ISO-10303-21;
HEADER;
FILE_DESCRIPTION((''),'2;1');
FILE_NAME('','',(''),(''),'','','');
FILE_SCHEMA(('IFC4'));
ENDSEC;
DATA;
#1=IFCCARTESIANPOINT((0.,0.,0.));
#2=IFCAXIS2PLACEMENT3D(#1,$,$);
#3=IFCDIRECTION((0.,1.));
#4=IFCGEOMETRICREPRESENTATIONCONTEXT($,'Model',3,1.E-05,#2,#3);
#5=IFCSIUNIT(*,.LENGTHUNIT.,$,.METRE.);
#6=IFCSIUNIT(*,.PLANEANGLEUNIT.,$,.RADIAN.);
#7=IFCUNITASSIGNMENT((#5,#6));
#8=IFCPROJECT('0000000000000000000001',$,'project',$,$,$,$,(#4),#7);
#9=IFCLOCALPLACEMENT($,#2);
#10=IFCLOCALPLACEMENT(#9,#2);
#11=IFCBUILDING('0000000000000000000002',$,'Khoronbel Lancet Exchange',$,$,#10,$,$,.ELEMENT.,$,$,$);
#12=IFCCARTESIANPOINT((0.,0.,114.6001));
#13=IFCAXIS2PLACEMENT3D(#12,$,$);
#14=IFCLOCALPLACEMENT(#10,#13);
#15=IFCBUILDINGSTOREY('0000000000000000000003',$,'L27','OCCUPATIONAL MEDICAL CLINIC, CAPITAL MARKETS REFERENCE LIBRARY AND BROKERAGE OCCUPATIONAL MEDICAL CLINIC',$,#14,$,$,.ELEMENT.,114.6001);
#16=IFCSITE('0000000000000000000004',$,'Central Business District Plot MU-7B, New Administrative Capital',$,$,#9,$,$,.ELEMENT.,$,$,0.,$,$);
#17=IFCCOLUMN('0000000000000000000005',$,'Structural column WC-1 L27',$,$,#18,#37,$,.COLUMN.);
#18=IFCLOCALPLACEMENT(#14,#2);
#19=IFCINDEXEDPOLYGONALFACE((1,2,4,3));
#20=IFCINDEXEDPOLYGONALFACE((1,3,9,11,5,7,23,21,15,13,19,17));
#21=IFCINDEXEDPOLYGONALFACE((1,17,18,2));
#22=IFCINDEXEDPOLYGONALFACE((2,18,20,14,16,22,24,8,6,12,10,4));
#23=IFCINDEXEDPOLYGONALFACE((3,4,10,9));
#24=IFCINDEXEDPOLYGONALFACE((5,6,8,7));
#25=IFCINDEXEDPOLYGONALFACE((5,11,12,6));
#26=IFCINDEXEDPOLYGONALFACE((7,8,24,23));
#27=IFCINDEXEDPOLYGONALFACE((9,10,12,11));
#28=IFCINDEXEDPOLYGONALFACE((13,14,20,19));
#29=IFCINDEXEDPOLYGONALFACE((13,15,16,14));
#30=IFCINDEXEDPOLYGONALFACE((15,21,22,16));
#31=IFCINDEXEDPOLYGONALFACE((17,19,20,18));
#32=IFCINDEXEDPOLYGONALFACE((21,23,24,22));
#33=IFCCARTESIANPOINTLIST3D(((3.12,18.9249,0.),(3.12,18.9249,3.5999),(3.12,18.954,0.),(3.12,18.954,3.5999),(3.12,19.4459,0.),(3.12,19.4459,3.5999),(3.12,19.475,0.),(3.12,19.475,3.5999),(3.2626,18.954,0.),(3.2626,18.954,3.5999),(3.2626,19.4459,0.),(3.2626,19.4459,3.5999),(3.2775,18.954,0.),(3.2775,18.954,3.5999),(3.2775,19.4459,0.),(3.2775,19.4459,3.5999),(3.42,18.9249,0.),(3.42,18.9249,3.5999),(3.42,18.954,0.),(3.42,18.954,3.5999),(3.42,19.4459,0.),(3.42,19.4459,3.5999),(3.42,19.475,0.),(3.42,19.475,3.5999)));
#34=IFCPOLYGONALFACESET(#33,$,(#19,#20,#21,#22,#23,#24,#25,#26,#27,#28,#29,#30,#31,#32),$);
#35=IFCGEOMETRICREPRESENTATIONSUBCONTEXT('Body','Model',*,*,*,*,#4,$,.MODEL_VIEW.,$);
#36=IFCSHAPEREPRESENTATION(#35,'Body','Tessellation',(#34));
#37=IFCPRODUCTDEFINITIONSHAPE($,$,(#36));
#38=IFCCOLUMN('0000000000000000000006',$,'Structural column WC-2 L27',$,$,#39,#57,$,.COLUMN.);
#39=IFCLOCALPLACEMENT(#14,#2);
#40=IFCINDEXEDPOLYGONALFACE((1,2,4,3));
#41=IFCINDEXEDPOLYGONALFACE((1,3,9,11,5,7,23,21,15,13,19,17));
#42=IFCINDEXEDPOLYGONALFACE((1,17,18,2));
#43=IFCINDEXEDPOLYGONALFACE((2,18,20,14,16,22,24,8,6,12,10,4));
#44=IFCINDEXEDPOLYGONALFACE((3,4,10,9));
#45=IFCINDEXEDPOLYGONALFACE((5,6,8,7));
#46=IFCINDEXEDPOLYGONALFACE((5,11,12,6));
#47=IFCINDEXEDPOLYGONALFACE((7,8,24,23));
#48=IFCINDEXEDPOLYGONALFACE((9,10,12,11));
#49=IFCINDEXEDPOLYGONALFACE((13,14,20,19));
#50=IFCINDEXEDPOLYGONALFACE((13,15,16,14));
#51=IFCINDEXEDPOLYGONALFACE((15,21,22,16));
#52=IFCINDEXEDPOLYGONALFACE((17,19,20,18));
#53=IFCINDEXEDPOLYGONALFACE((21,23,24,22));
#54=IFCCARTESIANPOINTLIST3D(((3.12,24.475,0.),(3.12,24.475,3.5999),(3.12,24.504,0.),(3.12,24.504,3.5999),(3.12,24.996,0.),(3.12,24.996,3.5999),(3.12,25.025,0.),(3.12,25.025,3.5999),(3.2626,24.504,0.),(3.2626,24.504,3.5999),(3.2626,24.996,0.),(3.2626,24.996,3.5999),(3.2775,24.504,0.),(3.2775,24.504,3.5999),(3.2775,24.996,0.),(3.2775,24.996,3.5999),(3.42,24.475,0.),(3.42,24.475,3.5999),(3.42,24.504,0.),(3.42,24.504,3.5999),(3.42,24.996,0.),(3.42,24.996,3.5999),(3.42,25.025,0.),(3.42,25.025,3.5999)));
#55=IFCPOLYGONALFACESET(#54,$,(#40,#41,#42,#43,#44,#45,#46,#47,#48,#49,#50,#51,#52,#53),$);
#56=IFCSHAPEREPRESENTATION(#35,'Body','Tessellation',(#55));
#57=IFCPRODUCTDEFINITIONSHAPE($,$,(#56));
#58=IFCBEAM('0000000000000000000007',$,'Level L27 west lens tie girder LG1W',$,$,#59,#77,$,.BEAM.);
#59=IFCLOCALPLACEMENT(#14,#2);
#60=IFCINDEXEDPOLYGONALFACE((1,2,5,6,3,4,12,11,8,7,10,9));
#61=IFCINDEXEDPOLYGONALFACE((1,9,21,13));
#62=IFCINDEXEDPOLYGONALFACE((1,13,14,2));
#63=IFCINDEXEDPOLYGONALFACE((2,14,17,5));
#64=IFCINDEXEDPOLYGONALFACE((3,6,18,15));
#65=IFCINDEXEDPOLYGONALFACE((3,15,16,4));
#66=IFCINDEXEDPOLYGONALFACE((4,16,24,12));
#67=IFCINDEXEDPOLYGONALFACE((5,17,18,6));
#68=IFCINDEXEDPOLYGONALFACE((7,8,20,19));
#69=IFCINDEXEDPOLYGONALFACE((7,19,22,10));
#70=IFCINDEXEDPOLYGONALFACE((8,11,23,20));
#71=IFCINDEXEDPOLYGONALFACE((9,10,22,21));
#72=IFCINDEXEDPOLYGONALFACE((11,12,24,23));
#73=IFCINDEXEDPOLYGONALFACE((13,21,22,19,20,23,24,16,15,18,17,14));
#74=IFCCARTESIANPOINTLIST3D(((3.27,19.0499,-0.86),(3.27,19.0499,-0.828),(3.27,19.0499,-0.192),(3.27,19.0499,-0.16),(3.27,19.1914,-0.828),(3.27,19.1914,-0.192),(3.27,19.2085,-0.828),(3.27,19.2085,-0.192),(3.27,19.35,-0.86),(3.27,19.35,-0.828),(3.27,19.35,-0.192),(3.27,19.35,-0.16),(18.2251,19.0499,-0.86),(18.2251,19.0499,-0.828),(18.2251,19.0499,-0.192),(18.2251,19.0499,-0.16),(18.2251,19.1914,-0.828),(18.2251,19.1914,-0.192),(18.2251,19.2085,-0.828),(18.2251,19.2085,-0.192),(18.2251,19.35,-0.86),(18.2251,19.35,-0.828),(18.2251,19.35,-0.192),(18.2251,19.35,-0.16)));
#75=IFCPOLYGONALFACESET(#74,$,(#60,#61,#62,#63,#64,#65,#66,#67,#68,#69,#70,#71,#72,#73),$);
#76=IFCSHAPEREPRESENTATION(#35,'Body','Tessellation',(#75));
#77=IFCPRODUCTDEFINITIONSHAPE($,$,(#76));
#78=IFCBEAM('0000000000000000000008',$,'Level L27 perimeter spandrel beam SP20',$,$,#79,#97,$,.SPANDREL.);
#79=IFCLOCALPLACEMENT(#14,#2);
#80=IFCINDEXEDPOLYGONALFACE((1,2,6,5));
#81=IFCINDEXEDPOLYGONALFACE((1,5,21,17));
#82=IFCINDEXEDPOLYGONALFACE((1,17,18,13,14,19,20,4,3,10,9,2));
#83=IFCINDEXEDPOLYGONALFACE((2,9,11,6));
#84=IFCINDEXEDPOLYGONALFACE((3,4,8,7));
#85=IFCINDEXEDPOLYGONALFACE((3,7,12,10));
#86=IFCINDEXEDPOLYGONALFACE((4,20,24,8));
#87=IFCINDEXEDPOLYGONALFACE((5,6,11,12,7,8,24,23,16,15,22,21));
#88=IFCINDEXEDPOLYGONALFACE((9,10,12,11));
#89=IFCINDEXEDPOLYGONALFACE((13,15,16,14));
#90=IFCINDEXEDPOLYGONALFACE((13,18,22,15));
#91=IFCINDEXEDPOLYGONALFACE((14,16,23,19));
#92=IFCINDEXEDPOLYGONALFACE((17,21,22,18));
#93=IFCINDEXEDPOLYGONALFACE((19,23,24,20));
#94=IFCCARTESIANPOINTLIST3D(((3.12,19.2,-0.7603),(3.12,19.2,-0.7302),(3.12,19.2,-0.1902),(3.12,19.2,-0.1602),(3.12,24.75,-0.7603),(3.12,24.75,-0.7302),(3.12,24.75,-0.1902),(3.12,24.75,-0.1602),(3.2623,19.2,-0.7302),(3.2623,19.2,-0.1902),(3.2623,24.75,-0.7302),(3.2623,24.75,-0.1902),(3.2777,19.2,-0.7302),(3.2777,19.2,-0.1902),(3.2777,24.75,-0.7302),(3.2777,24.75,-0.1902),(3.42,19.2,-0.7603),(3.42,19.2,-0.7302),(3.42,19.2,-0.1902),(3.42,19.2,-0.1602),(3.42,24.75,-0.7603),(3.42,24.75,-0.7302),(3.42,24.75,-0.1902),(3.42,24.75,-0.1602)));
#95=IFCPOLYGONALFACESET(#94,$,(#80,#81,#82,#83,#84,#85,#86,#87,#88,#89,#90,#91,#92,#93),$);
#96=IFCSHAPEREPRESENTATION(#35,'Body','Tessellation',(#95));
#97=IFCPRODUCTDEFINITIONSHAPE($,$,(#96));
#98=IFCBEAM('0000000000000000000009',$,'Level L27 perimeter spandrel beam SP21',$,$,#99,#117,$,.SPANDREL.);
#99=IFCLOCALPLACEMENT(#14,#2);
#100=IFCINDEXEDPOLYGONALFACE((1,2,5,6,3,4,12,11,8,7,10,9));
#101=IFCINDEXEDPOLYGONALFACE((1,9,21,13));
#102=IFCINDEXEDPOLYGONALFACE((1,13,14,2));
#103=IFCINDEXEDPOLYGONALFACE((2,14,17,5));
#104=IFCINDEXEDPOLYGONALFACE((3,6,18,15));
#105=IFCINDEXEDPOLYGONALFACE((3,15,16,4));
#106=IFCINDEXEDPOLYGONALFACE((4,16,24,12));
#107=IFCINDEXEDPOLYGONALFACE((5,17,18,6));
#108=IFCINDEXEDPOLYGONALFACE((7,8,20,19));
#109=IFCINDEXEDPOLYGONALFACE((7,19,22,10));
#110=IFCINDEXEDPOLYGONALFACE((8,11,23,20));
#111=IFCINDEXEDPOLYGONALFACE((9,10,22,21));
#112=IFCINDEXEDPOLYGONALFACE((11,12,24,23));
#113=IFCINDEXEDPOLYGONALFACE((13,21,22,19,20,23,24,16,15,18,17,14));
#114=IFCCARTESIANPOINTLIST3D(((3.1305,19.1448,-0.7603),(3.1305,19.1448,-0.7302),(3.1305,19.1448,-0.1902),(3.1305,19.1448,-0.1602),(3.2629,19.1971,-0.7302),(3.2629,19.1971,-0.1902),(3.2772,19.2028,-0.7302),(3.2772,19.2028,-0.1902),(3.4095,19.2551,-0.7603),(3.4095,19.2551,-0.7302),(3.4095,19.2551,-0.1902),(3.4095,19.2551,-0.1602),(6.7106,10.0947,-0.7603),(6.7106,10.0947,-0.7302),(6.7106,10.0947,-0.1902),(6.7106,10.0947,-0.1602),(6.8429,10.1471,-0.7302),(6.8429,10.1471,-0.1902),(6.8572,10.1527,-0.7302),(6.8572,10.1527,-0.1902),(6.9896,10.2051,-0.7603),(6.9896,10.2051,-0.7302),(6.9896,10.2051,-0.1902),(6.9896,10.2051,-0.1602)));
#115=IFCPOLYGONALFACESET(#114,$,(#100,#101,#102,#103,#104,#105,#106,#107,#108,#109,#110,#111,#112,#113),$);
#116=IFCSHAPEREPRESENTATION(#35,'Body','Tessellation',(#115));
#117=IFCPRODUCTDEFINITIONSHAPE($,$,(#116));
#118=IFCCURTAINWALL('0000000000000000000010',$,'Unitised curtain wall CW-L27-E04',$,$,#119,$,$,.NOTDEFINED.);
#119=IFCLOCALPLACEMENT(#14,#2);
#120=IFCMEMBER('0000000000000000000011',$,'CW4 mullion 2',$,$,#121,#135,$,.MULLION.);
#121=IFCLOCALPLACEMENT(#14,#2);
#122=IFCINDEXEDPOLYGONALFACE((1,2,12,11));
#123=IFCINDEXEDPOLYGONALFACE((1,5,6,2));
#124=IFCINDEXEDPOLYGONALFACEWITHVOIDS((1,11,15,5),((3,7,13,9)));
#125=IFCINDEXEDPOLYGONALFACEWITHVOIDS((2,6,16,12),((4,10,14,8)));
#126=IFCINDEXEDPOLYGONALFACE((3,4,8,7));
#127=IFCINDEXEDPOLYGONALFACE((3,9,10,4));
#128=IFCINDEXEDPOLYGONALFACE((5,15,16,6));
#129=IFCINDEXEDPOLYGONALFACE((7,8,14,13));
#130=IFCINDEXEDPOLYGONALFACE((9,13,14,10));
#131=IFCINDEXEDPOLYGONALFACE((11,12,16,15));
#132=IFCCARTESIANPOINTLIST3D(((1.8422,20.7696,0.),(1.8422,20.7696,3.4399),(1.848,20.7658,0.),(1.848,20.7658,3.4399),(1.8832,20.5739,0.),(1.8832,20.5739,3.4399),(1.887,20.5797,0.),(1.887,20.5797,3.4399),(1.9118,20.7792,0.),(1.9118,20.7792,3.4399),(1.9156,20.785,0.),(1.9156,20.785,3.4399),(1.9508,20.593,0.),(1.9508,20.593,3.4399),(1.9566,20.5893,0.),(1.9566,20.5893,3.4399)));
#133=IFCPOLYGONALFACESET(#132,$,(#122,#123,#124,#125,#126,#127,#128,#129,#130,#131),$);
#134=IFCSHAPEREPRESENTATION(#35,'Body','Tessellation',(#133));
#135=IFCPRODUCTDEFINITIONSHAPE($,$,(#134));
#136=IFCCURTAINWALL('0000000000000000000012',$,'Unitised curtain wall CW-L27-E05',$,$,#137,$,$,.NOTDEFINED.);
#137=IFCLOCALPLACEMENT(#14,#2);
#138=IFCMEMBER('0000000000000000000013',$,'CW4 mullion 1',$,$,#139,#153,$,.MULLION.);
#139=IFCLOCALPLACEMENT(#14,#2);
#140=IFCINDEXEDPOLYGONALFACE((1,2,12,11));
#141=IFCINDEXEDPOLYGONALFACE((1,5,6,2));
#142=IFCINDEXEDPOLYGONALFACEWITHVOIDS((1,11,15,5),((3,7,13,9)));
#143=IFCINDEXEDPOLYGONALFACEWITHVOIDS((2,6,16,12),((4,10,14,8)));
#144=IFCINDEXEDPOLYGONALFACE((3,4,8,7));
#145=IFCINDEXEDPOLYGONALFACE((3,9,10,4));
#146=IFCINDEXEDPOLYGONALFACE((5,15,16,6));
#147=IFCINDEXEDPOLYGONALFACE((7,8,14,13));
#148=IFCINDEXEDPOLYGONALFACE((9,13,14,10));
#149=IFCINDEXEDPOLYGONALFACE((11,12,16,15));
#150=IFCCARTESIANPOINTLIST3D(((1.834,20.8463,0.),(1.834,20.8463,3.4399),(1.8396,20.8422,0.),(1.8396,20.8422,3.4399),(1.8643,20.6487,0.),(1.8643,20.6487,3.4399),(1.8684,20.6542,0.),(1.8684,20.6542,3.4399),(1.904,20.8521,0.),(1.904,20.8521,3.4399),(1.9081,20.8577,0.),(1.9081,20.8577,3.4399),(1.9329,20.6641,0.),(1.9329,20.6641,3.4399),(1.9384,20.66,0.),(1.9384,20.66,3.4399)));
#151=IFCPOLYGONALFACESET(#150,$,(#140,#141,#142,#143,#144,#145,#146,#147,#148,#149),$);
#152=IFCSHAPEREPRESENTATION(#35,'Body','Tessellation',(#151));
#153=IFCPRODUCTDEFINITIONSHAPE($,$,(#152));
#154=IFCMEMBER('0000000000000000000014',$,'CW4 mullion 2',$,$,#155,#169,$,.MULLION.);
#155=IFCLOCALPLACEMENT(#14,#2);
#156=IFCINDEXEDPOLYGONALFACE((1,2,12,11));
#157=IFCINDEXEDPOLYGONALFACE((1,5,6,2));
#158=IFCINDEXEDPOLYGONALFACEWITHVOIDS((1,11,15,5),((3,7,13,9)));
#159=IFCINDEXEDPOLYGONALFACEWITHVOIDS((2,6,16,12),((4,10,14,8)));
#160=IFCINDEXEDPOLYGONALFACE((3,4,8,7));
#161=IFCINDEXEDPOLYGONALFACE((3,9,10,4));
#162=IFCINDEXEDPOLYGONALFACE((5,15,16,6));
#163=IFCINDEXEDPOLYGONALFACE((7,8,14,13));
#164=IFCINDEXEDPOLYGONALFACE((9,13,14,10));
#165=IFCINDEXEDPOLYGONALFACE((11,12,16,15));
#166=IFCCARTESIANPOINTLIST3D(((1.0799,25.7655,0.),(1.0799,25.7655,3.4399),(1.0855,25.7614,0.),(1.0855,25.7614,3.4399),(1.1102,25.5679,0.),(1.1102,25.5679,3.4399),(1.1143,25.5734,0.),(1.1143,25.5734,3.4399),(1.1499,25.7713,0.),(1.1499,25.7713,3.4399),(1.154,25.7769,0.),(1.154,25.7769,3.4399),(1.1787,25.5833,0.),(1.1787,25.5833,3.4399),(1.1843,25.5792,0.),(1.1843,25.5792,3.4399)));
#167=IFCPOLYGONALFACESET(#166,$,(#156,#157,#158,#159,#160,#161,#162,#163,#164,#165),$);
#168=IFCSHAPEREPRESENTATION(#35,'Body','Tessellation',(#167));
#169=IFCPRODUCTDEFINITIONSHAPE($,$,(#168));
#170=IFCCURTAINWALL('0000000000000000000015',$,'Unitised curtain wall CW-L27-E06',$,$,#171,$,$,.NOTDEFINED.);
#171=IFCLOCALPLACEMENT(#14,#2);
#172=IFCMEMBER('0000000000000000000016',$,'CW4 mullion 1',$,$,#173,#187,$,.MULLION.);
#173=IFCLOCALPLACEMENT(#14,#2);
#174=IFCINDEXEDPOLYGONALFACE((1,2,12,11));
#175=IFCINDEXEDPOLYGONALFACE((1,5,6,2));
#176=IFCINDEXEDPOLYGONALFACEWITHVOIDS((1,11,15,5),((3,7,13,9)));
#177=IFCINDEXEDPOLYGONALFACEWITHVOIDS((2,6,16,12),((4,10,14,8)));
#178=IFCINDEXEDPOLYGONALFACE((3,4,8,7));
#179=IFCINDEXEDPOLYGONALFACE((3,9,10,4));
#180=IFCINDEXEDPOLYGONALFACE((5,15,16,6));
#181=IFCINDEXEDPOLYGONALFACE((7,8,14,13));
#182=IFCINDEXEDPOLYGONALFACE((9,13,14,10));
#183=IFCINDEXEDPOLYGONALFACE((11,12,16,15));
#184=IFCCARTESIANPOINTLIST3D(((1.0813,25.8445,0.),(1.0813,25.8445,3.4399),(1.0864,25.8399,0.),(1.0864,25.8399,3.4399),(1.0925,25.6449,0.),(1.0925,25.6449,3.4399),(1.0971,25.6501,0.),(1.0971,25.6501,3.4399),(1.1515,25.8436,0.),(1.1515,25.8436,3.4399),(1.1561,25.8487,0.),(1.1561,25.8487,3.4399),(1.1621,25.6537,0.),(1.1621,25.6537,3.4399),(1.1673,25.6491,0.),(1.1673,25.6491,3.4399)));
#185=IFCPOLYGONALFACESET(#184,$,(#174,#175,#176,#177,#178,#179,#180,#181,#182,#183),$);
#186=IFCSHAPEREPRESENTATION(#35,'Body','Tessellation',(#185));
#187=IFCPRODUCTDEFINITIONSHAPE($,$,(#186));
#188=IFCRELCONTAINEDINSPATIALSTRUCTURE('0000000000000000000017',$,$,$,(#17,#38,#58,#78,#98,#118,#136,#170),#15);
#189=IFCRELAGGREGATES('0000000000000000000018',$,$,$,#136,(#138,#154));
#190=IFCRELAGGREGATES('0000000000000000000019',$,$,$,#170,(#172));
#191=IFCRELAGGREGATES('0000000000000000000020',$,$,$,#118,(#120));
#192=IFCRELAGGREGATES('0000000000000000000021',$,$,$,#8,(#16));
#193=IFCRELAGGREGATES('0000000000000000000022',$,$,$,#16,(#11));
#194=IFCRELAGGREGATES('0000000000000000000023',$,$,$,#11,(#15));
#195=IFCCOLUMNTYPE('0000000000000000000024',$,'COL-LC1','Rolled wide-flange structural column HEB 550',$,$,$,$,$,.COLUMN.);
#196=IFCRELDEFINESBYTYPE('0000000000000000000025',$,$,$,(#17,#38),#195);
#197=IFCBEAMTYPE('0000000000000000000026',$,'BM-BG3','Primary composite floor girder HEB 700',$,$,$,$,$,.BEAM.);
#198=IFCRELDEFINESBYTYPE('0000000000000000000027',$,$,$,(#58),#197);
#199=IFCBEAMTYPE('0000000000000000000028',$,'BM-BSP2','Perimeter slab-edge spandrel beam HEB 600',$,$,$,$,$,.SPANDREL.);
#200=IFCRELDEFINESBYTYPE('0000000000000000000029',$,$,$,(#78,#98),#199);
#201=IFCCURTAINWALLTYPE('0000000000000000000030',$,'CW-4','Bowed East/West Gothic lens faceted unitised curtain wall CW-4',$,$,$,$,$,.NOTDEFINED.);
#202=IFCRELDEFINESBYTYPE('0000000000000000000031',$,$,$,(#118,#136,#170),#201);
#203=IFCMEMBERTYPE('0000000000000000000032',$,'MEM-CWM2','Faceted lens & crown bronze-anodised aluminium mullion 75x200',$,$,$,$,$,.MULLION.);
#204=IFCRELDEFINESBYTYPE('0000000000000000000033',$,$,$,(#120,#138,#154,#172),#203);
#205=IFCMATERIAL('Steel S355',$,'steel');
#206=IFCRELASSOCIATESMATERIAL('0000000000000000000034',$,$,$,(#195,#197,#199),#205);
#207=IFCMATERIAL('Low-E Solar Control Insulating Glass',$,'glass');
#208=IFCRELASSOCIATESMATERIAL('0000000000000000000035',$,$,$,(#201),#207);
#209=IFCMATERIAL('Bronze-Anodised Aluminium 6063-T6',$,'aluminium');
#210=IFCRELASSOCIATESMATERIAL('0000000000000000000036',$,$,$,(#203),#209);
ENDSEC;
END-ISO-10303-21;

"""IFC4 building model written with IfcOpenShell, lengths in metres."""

from ifc_helpers import new_model, si_unit, direction, frame, origin, origin_2d, place, context, subcontext, project, spatial, hollow_rectangle, i_section, extrude, material, material_profile, profile_set, type_object, element, aggregate, save


model = new_model("IFC4")

# Units and contexts
model_context = context("Model", 3, precision=1e-05, world=origin(), true_north=direction((0.0, 1.0)))
body_context = subcontext(model_context, "Body", "Model", "MODEL_VIEW")
ifc_project = project(units=[si_unit("LENGTHUNIT", "METRE"), si_unit("PLANEANGLEUNIT", "RADIAN")], contexts=[model_context])

# Site, building, storey
site_placement = place(None, origin())
site = spatial("IfcSite", under=ifc_project, at=site_placement, Name="Central Business District Plot MU-7B, New Administrative Capital", CompositionType="ELEMENT", RefElevation=0.0)
building_placement = place(site_placement, origin())
building = spatial("IfcBuilding", under=site, at=building_placement, Name="Khoronbel Lancet Exchange", CompositionType="ELEMENT")
storey_placement = place(building_placement, frame((0.0, 0.0, 114.6001)))
storey = spatial("IfcBuildingStorey", under=building, at=storey_placement, Name="L27", Description="OCCUPATIONAL MEDICAL CLINIC, CAPITAL MARKETS REFERENCE LIBRARY AND BROKERAGE OCCUPATIONAL MEDICAL CLINIC", CompositionType="ELEMENT", Elevation=114.6001)

# Columns
ifc_material_1 = material(Name="Steel S355", Category="steel")
ifc_material_profile_1 = material_profile(ifc_material_1, i_section(OverallWidth=0.3, OverallDepth=0.55, WebThickness=0.0149, FlangeThickness=0.0291, at=origin_2d()), Name="HEB 550")
ifc_profile_set_1 = profile_set([ifc_material_profile_1], Name="Steel S355")
column_type = type_object("IfcColumnType", Name="COL-LC1", Description="Rolled wide-flange structural column HEB 550", PredefinedType="COLUMN", material=ifc_profile_set_1)
for number, where, z_axis, x_axis, name in (
    (1, (3.27, 19.2, 0.0), (0.0, 0.0, 1.0), (1.0, 0.0, 0.0), "Structural column WC-1 L27"),
    (2, (3.27, 24.75, 0.0), (0.0, 0.0, 1.0), (1.0, 0.0, 0.0), "Structural column WC-2 L27"),
):
    element("IfcColumn", number, at=place(storey_placement, frame(where, z_axis=z_axis, x_axis=x_axis)), inside=storey, type_object=column_type, Name=name, PredefinedType="COLUMN", context=body_context, shape_type="SweptSolid", body=[
        extrude(i_section(OverallWidth=0.3, OverallDepth=0.55, WebThickness=0.0149, FlangeThickness=0.0291, at=origin_2d()), origin(), (0.0, 0.0, 1.0), 3.5999),
    ])

# Beams
ifc_material_profile_2 = material_profile(ifc_material_1, i_section(OverallWidth=0.3, OverallDepth=0.7, WebThickness=0.0171, FlangeThickness=0.032, at=origin_2d()), Name="HEB 700")
ifc_profile_set_2 = profile_set([ifc_material_profile_2], Name="Steel S355")
beam_type_1 = type_object("IfcBeamType", Name="BM-BG3", Description="Primary composite floor girder HEB 700", PredefinedType="BEAM", material=ifc_profile_set_2)
beam_1_placement = place(storey_placement, frame((3.27, 19.2, -0.51), z_axis=(1.0, 0.0, 0.0), x_axis=(0.0, 1.0, 0.0)))
element("IfcBeam", 3, at=beam_1_placement, inside=storey, type_object=beam_type_1, Name="Level L27 west lens tie girder LG1W", PredefinedType="BEAM", context=body_context, shape_type="SweptSolid", body=[
    extrude(i_section(OverallWidth=0.3, OverallDepth=0.7, WebThickness=0.0171, FlangeThickness=0.032, at=origin_2d()), origin(), (0.0, 0.0, 1.0), 14.9551),
])
ifc_material_profile_3 = material_profile(ifc_material_1, i_section(OverallWidth=0.3, OverallDepth=0.6001, WebThickness=0.0154, FlangeThickness=0.03, at=origin_2d()), Name="HEB 600")
ifc_profile_set_3 = profile_set([ifc_material_profile_3], Name="Steel S355")
beam_type_2 = type_object("IfcBeamType", Name="BM-BSP2", Description="Perimeter slab-edge spandrel beam HEB 600", PredefinedType="SPANDREL", material=ifc_profile_set_3)
beam_2_placement = place(storey_placement, frame((3.27, 24.75, -0.4602), z_axis=(0.0, -1.0, 0.0), x_axis=(1.0, 0.0, 0.0)))
element("IfcBeam", 4, at=beam_2_placement, inside=storey, type_object=beam_type_2, Name="Level L27 perimeter spandrel beam SP20", PredefinedType="SPANDREL", context=body_context, shape_type="SweptSolid", body=[
    extrude(i_section(OverallWidth=0.3, OverallDepth=0.6001, WebThickness=0.0154, FlangeThickness=0.03, at=origin_2d()), origin(), (0.0, 0.0, 1.0), 5.55),
])
beam_3_placement = place(storey_placement, frame((3.27, 19.2, -0.4602), z_axis=(0.36785, -0.929885, 0.0), x_axis=(0.929885, 0.36785, 0.0)))
element("IfcBeam", 5, at=beam_3_placement, inside=storey, type_object=beam_type_2, Name="Level L27 perimeter spandrel beam SP21", PredefinedType="SPANDREL", context=body_context, shape_type="SweptSolid", body=[
    extrude(i_section(OverallWidth=0.3, OverallDepth=0.6001, WebThickness=0.0154, FlangeThickness=0.03, at=origin_2d()), origin(), (0.0, 0.0, 1.0), 9.7324),
])

# Curtain wall, member
ifc_material_2 = material(Name="Low-E Solar Control Insulating Glass", Category="glass")
curtain_wall_type = type_object("IfcCurtainWallType", Name="CW-4", Description="Bowed East/West Gothic lens faceted unitised curtain wall CW-4", PredefinedType="NOTDEFINED", material=ifc_material_2)
curtain_wall_1_placement = place(storey_placement, origin())
curtain_wall_1 = element("IfcCurtainWall", 6, at=curtain_wall_1_placement, inside=storey, type_object=curtain_wall_type, Name="Unitised curtain wall CW-L27-E04", PredefinedType="NOTDEFINED")
ifc_material_3 = material(Name="Bronze-Anodised Aluminium 6063-T6", Category="aluminium")
ifc_material_profile_4 = material_profile(ifc_material_3, hollow_rectangle(XDim=0.075, YDim=0.2, WallThickness=0.0049, at=origin_2d()), Name="ALU MULLION 75x200")
ifc_profile_set_4 = profile_set([ifc_material_profile_4], Name="Bronze-Anodised Aluminium 6063-T6")
member_type_1 = type_object("IfcMemberType", Name="MEM-CWM2", Description="Faceted lens & crown bronze-anodised aluminium mullion 75x200", PredefinedType="MULLION", material=ifc_profile_set_4)
member_1_placement = place(storey_placement, frame((1.8994, 20.6794, 0.0), z_axis=(0.0, 0.0, 1.0), x_axis=(-0.97878, -0.204913, 0.0)))
member_1 = element("IfcMember", 7, at=member_1_placement, type_object=member_type_1, Name="CW4 mullion 2", PredefinedType="MULLION", context=body_context, shape_type="SweptSolid", body=[
    extrude(hollow_rectangle(XDim=0.075, YDim=0.2, WallThickness=0.0049, at=origin_2d()), origin(), (0.0, 0.0, 1.0), 3.4399),
])

# Curtain walls, members
curtain_wall_2_placement = place(storey_placement, origin())
curtain_wall_2 = element("IfcCurtainWall", 8, at=curtain_wall_2_placement, inside=storey, type_object=curtain_wall_type, Name="Unitised curtain wall CW-L27-E05", PredefinedType="NOTDEFINED")
member_2_placement = place(storey_placement, frame((1.8862, 20.7532, 0.0), z_axis=(0.0, 0.0, 1.0), x_axis=(-0.988455, -0.151516, 0.0)))
member_2 = element("IfcMember", 9, at=member_2_placement, type_object=member_type_1, Name="CW4 mullion 1", PredefinedType="MULLION", context=body_context, shape_type="SweptSolid", body=[
    extrude(hollow_rectangle(XDim=0.075, YDim=0.2, WallThickness=0.0049, at=origin_2d()), origin(), (0.0, 0.0, 1.0), 3.4399),
])
member_3_placement = place(storey_placement, frame((1.1321, 25.6724, 0.0), z_axis=(0.0, 0.0, 1.0), x_axis=(-0.988455, -0.151516, 0.0)))
member_3 = element("IfcMember", 10, at=member_3_placement, type_object=member_type_1, Name="CW4 mullion 2", PredefinedType="MULLION", context=body_context, shape_type="SweptSolid", body=[
    extrude(hollow_rectangle(XDim=0.075, YDim=0.2, WallThickness=0.0049, at=origin_2d()), origin(), (0.0, 0.0, 1.0), 3.4399),
])
curtain_wall_3_placement = place(storey_placement, origin())
curtain_wall_3 = element("IfcCurtainWall", 11, at=curtain_wall_3_placement, inside=storey, type_object=curtain_wall_type, Name="Unitised curtain wall CW-L27-E06", PredefinedType="NOTDEFINED")
member_4_placement = place(storey_placement, frame((1.1243, 25.7468, 0.0), z_axis=(0.0, 0.0, 1.0), x_axis=(-0.99843, -0.056017, 0.0)))
member_4 = element("IfcMember", 12, at=member_4_placement, type_object=member_type_1, Name="CW4 mullion 1", PredefinedType="MULLION", context=body_context, shape_type="SweptSolid", body=[
    extrude(hollow_rectangle(XDim=0.075, YDim=0.2, WallThickness=0.0049, at=origin_2d()), origin(), (0.0, 0.0, 1.0), 3.4399),
])

aggregate(curtain_wall_2, [member_2, member_3])
aggregate(curtain_wall_3, [member_4])
aggregate(curtain_wall_1, [member_1])

save(model, "model.ifc")
